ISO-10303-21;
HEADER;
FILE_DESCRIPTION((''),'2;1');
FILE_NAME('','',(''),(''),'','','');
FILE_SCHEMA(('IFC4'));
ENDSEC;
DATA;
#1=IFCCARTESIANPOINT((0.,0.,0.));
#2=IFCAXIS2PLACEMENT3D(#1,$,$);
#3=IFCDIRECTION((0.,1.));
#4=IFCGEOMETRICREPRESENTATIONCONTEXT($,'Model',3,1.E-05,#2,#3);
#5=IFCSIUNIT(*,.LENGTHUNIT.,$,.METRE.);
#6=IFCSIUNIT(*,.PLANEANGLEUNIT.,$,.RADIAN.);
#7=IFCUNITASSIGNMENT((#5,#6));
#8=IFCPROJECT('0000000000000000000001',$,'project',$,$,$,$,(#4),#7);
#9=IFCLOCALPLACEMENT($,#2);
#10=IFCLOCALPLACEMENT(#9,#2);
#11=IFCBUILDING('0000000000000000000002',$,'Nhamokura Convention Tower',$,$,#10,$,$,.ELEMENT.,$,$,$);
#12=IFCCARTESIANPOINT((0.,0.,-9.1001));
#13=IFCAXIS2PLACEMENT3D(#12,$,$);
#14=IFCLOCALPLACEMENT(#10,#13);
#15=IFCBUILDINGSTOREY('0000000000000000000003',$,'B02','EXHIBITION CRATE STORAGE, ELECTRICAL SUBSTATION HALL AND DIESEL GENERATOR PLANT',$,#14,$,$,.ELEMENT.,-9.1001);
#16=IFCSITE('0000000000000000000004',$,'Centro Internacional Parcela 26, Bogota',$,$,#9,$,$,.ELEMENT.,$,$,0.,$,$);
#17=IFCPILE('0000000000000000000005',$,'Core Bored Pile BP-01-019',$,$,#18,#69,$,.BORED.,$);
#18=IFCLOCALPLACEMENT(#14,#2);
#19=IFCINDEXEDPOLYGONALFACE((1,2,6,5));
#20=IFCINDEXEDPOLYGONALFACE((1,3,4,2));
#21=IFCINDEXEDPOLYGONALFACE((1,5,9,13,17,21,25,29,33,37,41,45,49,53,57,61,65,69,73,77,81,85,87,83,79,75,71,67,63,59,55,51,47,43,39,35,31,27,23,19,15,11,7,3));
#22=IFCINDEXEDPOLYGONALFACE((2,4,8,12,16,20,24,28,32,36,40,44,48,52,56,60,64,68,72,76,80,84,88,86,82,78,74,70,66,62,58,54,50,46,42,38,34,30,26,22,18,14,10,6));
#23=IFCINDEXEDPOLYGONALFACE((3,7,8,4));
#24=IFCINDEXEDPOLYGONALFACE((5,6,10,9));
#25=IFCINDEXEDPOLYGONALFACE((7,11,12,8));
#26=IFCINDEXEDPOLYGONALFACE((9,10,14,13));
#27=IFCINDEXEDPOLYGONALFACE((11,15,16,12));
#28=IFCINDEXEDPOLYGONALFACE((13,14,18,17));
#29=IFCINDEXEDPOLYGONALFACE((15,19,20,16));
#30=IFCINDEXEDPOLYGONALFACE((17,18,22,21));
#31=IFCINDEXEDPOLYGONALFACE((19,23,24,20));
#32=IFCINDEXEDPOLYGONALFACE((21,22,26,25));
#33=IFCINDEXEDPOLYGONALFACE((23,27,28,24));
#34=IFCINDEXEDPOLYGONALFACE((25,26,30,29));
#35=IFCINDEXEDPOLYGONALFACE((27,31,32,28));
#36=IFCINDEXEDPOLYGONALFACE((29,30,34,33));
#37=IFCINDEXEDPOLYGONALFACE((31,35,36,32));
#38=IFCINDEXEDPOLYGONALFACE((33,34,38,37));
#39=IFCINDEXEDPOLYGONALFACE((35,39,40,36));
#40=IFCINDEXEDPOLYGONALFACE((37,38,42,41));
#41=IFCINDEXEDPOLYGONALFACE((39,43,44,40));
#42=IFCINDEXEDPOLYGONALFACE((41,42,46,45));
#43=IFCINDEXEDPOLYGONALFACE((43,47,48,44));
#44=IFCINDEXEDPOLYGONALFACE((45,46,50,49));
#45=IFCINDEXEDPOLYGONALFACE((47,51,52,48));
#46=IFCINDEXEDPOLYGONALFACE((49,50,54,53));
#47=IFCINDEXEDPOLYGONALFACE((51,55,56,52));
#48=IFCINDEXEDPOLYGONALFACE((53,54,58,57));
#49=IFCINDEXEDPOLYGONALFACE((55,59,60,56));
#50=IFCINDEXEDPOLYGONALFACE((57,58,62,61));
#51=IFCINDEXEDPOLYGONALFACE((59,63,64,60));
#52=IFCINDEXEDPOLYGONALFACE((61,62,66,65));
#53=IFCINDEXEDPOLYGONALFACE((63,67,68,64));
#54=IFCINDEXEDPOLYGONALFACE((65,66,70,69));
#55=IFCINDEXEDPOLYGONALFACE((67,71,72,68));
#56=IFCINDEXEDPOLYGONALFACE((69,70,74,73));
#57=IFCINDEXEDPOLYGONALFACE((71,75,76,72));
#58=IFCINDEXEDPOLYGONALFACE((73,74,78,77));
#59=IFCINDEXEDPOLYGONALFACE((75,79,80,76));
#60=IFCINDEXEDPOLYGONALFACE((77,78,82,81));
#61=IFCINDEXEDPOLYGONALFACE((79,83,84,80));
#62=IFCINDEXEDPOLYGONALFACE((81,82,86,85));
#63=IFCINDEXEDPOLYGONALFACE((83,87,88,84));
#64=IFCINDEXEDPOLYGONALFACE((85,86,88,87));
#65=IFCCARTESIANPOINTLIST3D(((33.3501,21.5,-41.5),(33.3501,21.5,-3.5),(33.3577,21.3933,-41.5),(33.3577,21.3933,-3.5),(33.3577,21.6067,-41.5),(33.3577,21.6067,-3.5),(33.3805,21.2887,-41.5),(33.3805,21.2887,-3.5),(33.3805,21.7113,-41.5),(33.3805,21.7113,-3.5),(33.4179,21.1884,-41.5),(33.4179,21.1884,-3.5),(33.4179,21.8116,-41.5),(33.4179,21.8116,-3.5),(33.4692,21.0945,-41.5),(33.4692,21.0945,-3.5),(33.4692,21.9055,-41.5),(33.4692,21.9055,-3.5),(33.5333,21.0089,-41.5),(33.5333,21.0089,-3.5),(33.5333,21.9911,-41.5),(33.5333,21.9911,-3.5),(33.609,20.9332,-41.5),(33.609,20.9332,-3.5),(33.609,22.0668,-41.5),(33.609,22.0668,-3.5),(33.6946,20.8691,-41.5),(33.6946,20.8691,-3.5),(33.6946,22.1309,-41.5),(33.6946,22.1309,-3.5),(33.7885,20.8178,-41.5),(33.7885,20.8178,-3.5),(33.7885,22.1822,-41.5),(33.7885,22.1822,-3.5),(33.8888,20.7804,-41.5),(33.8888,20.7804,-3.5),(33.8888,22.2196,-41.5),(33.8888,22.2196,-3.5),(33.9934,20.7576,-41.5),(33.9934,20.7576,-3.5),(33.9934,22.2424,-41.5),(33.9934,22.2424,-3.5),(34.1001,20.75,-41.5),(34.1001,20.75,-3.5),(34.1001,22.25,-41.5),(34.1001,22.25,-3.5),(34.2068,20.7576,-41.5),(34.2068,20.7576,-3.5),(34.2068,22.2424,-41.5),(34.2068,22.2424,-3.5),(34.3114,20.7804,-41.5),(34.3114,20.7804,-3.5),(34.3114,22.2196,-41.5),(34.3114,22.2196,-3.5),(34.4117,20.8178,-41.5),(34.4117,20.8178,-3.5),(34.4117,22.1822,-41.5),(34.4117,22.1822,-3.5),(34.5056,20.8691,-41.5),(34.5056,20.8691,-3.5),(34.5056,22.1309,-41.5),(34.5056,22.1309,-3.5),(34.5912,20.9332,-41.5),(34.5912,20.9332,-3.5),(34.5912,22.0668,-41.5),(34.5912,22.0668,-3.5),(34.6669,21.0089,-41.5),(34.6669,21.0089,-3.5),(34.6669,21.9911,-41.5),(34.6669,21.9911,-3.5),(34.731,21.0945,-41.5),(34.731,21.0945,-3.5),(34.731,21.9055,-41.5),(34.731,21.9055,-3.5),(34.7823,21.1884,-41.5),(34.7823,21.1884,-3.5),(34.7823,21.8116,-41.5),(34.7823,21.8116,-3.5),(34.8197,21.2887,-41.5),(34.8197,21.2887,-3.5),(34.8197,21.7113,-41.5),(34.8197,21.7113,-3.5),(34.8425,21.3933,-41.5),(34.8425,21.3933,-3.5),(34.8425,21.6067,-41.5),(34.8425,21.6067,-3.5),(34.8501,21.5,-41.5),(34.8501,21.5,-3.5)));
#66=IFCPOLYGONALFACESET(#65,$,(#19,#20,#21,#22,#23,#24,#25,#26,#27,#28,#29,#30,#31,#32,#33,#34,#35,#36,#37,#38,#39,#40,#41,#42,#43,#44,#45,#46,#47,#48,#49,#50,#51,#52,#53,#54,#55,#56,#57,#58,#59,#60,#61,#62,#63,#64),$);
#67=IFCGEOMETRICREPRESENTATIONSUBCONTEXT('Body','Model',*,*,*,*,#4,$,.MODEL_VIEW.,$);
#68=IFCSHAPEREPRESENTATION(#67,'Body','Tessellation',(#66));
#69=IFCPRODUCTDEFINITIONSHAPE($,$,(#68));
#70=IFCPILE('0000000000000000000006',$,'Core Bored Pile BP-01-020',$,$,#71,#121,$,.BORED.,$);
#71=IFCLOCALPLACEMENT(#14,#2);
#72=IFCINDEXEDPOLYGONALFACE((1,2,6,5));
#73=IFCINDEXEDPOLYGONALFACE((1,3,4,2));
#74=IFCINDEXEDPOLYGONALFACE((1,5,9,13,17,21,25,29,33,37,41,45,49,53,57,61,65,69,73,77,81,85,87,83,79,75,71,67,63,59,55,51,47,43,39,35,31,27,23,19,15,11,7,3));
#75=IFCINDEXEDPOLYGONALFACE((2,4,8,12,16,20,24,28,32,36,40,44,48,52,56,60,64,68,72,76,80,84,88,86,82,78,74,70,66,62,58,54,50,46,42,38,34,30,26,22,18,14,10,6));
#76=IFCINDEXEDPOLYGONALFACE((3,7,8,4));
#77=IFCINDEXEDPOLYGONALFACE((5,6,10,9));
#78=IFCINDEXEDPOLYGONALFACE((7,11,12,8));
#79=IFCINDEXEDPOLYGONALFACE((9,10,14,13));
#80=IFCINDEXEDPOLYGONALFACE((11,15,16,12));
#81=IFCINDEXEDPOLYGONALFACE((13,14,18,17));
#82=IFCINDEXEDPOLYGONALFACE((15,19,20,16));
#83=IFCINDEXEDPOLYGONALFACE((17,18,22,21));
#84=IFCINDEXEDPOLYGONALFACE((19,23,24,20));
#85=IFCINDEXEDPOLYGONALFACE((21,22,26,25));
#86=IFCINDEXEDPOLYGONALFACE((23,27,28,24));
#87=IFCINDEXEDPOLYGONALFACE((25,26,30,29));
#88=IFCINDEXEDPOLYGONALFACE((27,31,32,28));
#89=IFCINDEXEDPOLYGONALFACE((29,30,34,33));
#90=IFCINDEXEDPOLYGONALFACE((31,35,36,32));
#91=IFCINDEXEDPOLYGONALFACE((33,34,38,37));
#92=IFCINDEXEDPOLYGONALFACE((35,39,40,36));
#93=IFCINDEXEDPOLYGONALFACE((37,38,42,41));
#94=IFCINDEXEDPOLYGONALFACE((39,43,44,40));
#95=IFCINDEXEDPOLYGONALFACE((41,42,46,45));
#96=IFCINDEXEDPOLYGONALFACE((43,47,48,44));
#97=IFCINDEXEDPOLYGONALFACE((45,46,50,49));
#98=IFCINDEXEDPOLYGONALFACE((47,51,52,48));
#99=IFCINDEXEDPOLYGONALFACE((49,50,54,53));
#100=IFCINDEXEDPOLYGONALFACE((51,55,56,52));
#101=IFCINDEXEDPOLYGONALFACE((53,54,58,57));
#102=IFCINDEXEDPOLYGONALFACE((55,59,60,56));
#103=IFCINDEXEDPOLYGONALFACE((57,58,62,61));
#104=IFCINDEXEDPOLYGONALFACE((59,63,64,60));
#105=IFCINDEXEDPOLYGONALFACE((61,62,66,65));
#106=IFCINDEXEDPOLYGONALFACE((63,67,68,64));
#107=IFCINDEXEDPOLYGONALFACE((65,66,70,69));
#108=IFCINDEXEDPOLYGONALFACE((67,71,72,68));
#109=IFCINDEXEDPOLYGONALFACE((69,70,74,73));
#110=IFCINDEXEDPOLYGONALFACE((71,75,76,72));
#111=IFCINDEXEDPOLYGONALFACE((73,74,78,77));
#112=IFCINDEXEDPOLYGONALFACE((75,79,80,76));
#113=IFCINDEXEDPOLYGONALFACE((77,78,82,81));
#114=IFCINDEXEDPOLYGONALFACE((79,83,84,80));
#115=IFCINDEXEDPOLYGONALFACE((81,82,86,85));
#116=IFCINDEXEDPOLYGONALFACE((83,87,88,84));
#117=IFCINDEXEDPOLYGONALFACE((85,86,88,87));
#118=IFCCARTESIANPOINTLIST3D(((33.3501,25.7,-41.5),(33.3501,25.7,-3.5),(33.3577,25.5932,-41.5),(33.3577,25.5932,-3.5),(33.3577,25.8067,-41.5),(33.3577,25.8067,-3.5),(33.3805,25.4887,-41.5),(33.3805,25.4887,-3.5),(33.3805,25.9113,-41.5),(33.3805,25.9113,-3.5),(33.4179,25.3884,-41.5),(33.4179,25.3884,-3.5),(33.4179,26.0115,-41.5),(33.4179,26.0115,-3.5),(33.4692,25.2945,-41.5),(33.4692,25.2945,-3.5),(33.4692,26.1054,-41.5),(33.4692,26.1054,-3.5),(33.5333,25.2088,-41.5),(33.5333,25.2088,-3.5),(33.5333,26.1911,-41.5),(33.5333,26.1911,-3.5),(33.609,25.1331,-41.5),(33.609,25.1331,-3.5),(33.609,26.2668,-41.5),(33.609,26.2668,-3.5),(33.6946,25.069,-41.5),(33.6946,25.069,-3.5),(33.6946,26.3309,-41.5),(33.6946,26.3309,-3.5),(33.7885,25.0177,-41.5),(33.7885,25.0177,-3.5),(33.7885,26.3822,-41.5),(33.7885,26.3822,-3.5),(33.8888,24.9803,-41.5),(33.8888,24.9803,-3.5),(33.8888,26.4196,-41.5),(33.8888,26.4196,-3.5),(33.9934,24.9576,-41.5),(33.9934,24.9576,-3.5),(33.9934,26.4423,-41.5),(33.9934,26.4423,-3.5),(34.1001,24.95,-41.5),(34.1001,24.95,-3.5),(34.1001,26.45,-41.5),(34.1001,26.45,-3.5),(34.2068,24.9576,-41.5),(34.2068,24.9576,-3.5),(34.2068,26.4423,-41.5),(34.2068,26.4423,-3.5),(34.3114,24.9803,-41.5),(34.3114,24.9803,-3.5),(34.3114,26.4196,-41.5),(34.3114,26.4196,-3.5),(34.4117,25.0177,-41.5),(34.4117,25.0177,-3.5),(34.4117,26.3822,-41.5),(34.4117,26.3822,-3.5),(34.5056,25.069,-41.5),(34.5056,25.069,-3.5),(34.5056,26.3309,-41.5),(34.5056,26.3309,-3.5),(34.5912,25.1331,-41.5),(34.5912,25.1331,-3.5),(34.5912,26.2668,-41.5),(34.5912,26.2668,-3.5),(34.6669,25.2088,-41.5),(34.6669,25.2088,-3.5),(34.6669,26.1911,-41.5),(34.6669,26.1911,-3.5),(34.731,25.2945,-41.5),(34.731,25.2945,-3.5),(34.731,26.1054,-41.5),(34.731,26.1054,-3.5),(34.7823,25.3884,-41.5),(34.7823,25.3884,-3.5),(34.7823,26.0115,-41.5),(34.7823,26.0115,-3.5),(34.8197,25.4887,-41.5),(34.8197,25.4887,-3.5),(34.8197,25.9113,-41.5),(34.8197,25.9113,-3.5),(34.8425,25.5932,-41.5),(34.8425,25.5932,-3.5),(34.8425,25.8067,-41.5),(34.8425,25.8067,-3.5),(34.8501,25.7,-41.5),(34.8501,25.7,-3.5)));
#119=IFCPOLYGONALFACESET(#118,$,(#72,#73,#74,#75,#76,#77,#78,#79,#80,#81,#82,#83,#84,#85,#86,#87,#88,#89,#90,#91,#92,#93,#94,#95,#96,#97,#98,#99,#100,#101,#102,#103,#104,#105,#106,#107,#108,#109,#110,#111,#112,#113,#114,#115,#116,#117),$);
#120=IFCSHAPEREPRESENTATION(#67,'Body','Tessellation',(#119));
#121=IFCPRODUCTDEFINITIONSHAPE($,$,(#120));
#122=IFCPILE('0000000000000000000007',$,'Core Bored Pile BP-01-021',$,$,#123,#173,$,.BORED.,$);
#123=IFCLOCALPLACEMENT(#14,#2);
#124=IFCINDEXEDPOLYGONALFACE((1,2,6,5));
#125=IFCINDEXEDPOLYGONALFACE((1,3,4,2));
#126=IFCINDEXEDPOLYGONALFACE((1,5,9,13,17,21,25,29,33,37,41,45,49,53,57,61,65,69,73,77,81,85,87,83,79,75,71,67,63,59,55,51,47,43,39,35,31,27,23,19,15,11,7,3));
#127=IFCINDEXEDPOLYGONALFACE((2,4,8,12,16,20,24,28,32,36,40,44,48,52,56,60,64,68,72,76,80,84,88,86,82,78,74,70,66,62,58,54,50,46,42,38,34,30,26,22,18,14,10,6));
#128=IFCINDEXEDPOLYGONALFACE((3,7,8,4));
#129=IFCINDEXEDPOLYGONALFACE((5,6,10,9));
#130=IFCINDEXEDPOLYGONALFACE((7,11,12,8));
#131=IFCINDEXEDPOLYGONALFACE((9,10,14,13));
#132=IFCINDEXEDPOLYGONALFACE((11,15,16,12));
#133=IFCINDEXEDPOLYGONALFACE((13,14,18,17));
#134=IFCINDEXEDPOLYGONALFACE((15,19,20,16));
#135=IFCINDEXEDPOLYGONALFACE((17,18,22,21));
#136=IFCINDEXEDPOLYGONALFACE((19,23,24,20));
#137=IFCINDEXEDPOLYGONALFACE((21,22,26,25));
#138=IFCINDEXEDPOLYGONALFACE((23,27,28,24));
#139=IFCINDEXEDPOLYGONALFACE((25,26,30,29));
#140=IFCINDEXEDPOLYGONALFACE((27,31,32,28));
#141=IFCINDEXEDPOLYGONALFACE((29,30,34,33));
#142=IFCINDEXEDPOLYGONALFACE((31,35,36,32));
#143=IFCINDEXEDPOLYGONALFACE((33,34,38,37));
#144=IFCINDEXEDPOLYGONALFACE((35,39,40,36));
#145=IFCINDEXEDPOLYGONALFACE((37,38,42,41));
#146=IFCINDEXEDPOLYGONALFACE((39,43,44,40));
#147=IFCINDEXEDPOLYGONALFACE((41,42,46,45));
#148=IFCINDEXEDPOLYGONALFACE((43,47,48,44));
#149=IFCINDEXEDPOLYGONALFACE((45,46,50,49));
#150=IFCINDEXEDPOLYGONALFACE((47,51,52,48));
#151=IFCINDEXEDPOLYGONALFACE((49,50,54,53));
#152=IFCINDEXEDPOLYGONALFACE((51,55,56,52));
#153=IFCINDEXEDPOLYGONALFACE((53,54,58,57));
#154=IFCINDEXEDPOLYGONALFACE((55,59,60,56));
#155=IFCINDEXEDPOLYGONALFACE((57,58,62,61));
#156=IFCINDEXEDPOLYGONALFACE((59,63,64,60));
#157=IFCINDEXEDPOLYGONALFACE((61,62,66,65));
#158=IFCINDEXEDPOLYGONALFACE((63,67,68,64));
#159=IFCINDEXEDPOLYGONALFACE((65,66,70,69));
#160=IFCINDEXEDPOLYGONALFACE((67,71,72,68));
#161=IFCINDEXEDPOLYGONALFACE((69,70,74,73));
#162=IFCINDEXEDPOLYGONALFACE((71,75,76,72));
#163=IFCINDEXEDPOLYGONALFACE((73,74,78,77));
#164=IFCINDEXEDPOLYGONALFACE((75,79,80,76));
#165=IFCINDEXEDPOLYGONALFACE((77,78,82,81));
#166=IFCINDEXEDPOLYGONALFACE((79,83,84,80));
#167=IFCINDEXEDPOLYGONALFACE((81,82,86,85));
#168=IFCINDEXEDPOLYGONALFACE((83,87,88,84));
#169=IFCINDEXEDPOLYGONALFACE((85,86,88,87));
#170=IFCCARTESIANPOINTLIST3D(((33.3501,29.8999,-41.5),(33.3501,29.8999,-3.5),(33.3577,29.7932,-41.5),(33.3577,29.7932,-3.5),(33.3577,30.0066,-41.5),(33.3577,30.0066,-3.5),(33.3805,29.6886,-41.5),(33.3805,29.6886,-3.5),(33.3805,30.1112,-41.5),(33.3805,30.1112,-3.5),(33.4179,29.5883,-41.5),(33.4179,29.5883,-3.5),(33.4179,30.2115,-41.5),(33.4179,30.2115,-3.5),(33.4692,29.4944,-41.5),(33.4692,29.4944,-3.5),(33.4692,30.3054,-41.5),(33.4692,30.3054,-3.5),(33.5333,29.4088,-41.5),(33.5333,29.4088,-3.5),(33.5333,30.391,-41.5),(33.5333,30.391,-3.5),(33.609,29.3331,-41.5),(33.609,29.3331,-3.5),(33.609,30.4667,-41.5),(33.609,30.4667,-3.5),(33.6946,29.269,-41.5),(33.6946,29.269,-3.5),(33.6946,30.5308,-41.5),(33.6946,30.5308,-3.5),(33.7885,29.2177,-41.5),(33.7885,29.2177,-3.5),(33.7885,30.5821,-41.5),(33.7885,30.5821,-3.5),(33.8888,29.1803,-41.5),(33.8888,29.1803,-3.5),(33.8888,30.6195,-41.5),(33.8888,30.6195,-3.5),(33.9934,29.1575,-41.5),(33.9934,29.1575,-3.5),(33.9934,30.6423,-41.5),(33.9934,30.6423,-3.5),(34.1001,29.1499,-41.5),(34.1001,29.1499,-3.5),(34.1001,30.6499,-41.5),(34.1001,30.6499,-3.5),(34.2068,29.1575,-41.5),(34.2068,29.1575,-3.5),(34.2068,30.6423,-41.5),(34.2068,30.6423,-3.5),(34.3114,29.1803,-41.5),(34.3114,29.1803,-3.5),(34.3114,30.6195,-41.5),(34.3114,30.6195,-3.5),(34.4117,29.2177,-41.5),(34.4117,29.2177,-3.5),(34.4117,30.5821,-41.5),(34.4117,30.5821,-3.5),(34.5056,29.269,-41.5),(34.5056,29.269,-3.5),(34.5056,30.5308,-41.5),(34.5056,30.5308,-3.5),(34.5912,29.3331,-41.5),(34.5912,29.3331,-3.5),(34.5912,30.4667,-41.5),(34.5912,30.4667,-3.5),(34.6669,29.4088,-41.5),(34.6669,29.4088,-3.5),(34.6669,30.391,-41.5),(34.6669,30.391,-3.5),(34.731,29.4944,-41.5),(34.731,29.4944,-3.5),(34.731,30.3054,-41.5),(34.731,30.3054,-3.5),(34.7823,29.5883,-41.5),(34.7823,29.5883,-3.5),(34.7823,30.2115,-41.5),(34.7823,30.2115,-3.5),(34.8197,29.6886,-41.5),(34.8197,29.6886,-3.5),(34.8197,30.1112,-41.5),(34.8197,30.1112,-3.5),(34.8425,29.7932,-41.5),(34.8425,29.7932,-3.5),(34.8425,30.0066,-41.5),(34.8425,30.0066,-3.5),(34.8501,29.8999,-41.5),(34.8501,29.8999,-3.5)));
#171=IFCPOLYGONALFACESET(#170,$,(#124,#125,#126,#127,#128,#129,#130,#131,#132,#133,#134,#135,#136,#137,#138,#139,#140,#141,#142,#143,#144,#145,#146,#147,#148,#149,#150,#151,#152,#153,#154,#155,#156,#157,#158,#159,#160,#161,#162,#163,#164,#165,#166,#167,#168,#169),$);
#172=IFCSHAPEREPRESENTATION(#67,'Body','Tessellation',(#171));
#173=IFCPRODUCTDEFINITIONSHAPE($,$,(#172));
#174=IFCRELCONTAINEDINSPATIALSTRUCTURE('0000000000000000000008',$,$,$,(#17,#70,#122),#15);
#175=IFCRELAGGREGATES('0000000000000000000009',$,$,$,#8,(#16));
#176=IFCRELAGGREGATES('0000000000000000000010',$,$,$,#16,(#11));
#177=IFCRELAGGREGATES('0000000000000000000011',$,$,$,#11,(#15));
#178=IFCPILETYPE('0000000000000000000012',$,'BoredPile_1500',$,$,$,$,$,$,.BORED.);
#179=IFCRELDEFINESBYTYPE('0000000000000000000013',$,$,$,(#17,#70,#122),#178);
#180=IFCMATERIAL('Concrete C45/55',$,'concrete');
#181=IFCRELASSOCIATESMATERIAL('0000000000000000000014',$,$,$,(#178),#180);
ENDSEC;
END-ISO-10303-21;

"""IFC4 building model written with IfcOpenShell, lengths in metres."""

from ifc_helpers import new_model, si_unit, direction, frame, origin, origin_2d, place, context, subcontext, project, spatial, circle, extrude, material, material_profile, profile_set, type_object, element, save


model = new_model("IFC4")

# Units and contexts
model_context = context("Model", 3, precision=1e-05, world=origin(), true_north=direction((0.0, 1.0)))
body_context = subcontext(model_context, "Body", "Model", "MODEL_VIEW")
ifc_project = project(units=[si_unit("LENGTHUNIT", "METRE"), si_unit("PLANEANGLEUNIT", "RADIAN")], contexts=[model_context])

# Site, building, storey
site_placement = place(None, origin())
site = spatial("IfcSite", under=ifc_project, at=site_placement, Name="Centro Internacional Parcela 26, Bogota", CompositionType="ELEMENT", RefElevation=0.0)
building_placement = place(site_placement, origin())
building = spatial("IfcBuilding", under=site, at=building_placement, Name="Nhamokura Convention Tower", CompositionType="ELEMENT")
storey_placement = place(building_placement, frame((0.0, 0.0, -9.1001)))
storey = spatial("IfcBuildingStorey", under=building, at=storey_placement, Name="B02", Description="EXHIBITION CRATE STORAGE, ELECTRICAL SUBSTATION HALL AND DIESEL GENERATOR PLANT", CompositionType="ELEMENT", Elevation=-9.1001)

# Piles
ifc_material_1 = material(Name="Concrete C45/55", Category="concrete")
ifc_material_profile_1 = material_profile(ifc_material_1, circle(Radius=0.75, at=origin_2d()))
ifc_profile_set_1 = profile_set([ifc_material_profile_1], Name="Concrete C45/55")
pile_type = type_object("IfcPileType", Name="BoredPile_1500", PredefinedType="BORED", material=ifc_profile_set_1)
for number, where, z_axis, x_axis, name in (
    (1, (34.1001, 21.5, -3.5), (0.0, 0.0, -1.0), (1.0, 0.0, 0.0), "Core Bored Pile BP-01-019"),
    (2, (34.1001, 25.7, -3.5), (0.0, 0.0, -1.0), (1.0, 0.0, 0.0), "Core Bored Pile BP-01-020"),
    (3, (34.1001, 29.8999, -3.5), (0.0, 0.0, -1.0), (1.0, 0.0, 0.0), "Core Bored Pile BP-01-021"),
):
    element("IfcPile", number, at=place(storey_placement, frame(where, z_axis=z_axis, x_axis=x_axis)), inside=storey, type_object=pile_type, Name=name, PredefinedType="BORED", context=body_context, shape_type="SweptSolid", body=[
        extrude(circle(Radius=0.75, at=origin_2d()), origin(), (0.0, 0.0, 1.0), 38.0),
    ])

save(model, "model.ifc")
